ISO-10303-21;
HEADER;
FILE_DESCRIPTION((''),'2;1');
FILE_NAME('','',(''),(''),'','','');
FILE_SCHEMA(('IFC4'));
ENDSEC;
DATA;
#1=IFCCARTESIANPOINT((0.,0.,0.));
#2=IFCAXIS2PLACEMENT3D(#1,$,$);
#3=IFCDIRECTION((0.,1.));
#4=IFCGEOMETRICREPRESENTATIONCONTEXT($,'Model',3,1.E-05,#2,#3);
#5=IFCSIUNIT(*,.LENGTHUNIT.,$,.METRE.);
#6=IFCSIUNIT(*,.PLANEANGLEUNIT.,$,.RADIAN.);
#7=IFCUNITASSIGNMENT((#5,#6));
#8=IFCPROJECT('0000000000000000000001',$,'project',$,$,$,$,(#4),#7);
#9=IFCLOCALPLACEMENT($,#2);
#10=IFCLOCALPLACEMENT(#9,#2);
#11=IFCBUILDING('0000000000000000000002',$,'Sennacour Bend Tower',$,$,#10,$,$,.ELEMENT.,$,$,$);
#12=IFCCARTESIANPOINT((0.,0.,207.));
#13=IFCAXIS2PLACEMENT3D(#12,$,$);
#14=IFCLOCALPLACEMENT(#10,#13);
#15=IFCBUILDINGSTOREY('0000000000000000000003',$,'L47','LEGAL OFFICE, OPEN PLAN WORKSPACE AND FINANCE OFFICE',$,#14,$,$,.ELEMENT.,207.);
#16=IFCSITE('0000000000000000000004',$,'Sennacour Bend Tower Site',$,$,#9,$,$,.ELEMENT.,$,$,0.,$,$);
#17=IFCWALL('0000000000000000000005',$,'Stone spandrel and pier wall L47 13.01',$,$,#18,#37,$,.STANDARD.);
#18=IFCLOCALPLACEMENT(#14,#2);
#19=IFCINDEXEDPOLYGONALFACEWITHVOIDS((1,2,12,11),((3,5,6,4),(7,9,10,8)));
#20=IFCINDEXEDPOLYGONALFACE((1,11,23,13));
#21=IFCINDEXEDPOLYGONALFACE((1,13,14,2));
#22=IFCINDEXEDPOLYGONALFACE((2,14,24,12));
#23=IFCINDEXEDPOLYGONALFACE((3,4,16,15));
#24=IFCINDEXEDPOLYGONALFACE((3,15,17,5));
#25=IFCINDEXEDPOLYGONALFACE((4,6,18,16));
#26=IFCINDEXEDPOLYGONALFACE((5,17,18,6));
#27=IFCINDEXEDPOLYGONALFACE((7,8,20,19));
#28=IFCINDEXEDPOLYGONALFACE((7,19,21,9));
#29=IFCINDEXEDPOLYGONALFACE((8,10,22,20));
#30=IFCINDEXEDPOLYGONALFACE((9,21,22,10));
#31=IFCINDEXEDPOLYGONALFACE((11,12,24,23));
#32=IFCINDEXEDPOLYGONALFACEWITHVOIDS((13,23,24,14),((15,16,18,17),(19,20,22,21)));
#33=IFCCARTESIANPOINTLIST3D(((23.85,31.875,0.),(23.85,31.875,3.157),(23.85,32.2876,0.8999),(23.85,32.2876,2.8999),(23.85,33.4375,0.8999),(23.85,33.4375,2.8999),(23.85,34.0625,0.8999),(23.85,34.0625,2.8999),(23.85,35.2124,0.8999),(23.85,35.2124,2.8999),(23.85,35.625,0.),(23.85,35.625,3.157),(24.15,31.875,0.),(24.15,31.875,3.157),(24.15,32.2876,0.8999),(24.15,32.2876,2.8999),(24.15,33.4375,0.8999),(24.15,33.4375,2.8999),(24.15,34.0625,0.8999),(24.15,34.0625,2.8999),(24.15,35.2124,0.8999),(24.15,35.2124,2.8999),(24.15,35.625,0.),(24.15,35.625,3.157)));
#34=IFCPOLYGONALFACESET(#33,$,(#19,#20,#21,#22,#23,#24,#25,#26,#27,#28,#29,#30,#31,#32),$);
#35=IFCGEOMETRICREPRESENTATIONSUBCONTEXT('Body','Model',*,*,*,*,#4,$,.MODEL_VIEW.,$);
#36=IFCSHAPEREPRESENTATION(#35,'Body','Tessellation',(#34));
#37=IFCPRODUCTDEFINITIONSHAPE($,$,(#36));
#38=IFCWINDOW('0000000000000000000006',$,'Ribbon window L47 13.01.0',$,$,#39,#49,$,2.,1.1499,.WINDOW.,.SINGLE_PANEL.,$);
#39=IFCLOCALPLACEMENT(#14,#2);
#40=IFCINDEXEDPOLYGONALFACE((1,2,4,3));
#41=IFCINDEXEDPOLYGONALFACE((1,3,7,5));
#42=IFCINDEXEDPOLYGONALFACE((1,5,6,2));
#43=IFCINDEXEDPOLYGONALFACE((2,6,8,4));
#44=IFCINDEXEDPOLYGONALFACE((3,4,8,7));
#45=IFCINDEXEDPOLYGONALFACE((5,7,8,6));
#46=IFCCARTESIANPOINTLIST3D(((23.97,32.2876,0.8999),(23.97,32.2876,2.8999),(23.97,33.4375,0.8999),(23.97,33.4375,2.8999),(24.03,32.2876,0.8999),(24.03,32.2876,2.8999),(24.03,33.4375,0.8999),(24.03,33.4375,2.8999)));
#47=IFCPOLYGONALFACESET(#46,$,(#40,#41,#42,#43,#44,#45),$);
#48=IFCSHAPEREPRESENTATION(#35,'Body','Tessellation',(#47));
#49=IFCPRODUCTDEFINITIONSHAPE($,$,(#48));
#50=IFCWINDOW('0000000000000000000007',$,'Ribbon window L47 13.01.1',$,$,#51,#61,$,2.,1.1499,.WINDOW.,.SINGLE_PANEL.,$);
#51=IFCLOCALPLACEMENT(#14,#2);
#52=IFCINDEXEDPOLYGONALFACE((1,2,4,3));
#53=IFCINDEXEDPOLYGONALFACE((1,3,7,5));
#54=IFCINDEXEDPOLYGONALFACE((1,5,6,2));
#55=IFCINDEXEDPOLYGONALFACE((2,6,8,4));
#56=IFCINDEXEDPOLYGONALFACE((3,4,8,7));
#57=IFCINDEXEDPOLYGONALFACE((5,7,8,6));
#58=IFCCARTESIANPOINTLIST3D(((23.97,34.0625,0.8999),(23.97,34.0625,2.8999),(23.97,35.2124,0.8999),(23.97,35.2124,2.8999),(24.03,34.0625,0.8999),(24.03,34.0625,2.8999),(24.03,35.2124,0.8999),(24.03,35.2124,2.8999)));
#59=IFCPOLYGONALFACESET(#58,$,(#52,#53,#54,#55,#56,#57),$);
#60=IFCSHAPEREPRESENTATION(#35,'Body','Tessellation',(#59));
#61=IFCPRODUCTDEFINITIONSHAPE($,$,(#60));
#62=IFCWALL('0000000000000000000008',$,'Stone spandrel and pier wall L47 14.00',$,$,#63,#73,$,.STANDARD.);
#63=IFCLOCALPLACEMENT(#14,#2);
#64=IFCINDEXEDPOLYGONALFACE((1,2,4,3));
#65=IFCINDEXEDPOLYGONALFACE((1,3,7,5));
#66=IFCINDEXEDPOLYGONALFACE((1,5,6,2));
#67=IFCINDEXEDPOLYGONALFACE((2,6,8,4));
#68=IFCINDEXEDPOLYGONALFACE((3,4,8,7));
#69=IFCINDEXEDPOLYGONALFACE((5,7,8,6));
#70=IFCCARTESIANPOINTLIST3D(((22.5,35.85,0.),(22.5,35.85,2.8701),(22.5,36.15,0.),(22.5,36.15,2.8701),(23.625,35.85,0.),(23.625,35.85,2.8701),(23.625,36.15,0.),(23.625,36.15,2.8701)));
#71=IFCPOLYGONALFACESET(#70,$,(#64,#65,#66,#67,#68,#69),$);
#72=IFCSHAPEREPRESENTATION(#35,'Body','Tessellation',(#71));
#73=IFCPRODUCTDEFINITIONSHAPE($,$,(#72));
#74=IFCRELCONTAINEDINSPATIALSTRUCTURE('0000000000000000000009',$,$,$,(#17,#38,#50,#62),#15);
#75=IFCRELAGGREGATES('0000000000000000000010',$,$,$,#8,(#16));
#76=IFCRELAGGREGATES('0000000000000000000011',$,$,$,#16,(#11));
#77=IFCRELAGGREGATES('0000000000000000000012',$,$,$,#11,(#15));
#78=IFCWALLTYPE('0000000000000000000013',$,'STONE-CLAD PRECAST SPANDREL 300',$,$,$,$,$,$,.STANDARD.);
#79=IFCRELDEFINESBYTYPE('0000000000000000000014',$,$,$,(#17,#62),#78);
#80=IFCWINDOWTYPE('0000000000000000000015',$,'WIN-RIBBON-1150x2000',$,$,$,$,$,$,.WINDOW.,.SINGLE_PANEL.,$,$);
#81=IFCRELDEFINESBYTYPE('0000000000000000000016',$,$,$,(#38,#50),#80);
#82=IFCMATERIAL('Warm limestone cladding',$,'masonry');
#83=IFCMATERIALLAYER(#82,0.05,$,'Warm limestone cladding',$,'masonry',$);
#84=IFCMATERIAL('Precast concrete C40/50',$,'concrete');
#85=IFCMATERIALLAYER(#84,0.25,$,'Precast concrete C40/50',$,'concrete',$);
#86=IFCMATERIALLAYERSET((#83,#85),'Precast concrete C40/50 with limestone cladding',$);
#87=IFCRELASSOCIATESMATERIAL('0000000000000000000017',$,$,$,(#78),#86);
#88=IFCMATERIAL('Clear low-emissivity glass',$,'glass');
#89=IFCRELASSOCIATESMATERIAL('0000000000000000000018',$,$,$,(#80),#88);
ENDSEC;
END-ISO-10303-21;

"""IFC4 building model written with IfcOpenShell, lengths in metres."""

from ifc_helpers import new_model, si_unit, direction, frame, frame_2d, origin, place, context, subcontext, project, spatial, rectangle, extrude, material, layer, layer_set, type_object, element, fill, save


model = new_model("IFC4")

# Units and contexts
model_context = context("Model", 3, precision=1e-05, world=origin(), true_north=direction((0.0, 1.0)))
body_context = subcontext(model_context, "Body", "Model", "MODEL_VIEW")
ifc_project = project(units=[si_unit("LENGTHUNIT", "METRE"), si_unit("PLANEANGLEUNIT", "RADIAN")], contexts=[model_context])

# Site, building, storey
site_placement = place(None, origin())
site = spatial("IfcSite", under=ifc_project, at=site_placement, Name="Sennacour Bend Tower Site", CompositionType="ELEMENT", RefElevation=0.0)
building_placement = place(site_placement, origin())
building = spatial("IfcBuilding", under=site, at=building_placement, Name="Sennacour Bend Tower", CompositionType="ELEMENT")
storey_placement = place(building_placement, frame((0.0, 0.0, 207.0)))
storey = spatial("IfcBuildingStorey", under=building, at=storey_placement, Name="L47", Description="LEGAL OFFICE, OPEN PLAN WORKSPACE AND FINANCE OFFICE", CompositionType="ELEMENT", Elevation=207.0)

# Shared definitions
ifc_material_1 = material(Name="Warm limestone cladding", Category="masonry")
ifc_layer_1 = layer(ifc_material_1, 0.05, Name="Warm limestone cladding", Category="masonry")
ifc_material_2 = material(Name="Precast concrete C40/50", Category="concrete")
ifc_layer_2 = layer(ifc_material_2, 0.25, Name="Precast concrete C40/50", Category="concrete")
ifc_layer_set = layer_set([ifc_layer_1, ifc_layer_2], Name="Precast concrete C40/50 with limestone cladding")
wall_type = type_object("IfcWallType", Name="STONE-CLAD PRECAST SPANDREL 300", PredefinedType="STANDARD", material=ifc_layer_set)
ifc_material_3 = material(Name="Clear low-emissivity glass", Category="glass")

# Wall, openings, windows
window_type_1 = type_object("IfcWindowType", Name="WIN-RIBBON-1150x2000", PartitioningType="SINGLE_PANEL", PredefinedType="WINDOW", material=ifc_material_3)
wall_1_placement = place(storey_placement, frame((24.0, 31.875, 0.0), z_axis=(0.0, 0.0, 1.0), x_axis=(0.0, 1.0, 0.0)))
wall_1 = element("IfcWall", 1, at=wall_1_placement, inside=storey, type_object=wall_type, Name="Stone spandrel and pier wall L47 13.01", PredefinedType="STANDARD", context=body_context, shape_type="SweptSolid", body=[
    extrude(rectangle(XDim=3.75, YDim=0.3, at=frame_2d((1.875, 0.0))), origin(), (0.0, 0.0, 1.0), 3.157),
])
opening_1_placement = place(wall_1_placement, frame((0.4126, 0.0, 0.8999)))
opening_1 = element("IfcOpeningElement", 2, at=opening_1_placement, cuts=wall_1, PredefinedType="OPENING", context=body_context, shape_type="SweptSolid", body=[
    extrude(rectangle(XDim=1.1499, YDim=2.0, at=frame_2d((0.575, 1.0))), frame((0.0, 0.1602, 0.0), z_axis=(0.0, -1.0, 0.0), x_axis=(1.0, 0.0, 0.0)), (0.0, 0.0, 1.0), 0.3201),
])
opening_2_placement = place(wall_1_placement, frame((2.1875, 0.0, 0.8999)))
opening_2 = element("IfcOpeningElement", 3, at=opening_2_placement, cuts=wall_1, PredefinedType="OPENING", context=body_context, shape_type="SweptSolid", body=[
    extrude(rectangle(XDim=1.1499, YDim=2.0, at=frame_2d((0.575, 1.0))), frame((0.0, 0.1602, 0.0), z_axis=(0.0, -1.0, 0.0), x_axis=(1.0, 0.0, 0.0)), (0.0, 0.0, 1.0), 0.3201),
])
window_1_placement = place(opening_1_placement, origin())
window_1 = element("IfcWindow", 4, at=window_1_placement, inside=storey, type_object=window_type_1, Name="Ribbon window L47 13.01.0", OverallHeight=2.0, OverallWidth=1.1499, PartitioningType="SINGLE_PANEL", PredefinedType="WINDOW", context=body_context, shape_type="SweptSolid", body=[
    extrude(rectangle(XDim=1.1499, YDim=2.0, at=frame_2d((0.575, 1.0))), frame((0.0, 0.03, 0.0), z_axis=(0.0, -1.0, 0.0), x_axis=(1.0, 0.0, 0.0)), (0.0, 0.0, 1.0), 0.0601),
])
fill(opening_1, window_1)
window_2_placement = place(opening_2_placement, origin())
window_2 = element("IfcWindow", 5, at=window_2_placement, inside=storey, type_object=window_type_1, Name="Ribbon window L47 13.01.1", OverallHeight=2.0, OverallWidth=1.1499, PartitioningType="SINGLE_PANEL", PredefinedType="WINDOW", context=body_context, shape_type="SweptSolid", body=[
    extrude(rectangle(XDim=1.1499, YDim=2.0, at=frame_2d((0.575, 1.0))), frame((0.0, 0.03, 0.0), z_axis=(0.0, -1.0, 0.0), x_axis=(1.0, 0.0, 0.0)), (0.0, 0.0, 1.0), 0.0601),
])
fill(opening_2, window_2)

# Wall
wall_2_placement = place(storey_placement, frame((23.625, 36.0, 0.0), z_axis=(0.0, 0.0, 1.0), x_axis=(-1.0, 0.0, 0.0)))
element("IfcWall", 6, at=wall_2_placement, inside=storey, type_object=wall_type, Name="Stone spandrel and pier wall L47 14.00", PredefinedType="STANDARD", context=body_context, shape_type="SweptSolid", body=[
    extrude(rectangle(XDim=1.125, YDim=0.3, at=frame_2d((0.5625, 0.0))), origin(), (0.0, 0.0, 1.0), 2.8701),
])

save(model, "model.ifc")
